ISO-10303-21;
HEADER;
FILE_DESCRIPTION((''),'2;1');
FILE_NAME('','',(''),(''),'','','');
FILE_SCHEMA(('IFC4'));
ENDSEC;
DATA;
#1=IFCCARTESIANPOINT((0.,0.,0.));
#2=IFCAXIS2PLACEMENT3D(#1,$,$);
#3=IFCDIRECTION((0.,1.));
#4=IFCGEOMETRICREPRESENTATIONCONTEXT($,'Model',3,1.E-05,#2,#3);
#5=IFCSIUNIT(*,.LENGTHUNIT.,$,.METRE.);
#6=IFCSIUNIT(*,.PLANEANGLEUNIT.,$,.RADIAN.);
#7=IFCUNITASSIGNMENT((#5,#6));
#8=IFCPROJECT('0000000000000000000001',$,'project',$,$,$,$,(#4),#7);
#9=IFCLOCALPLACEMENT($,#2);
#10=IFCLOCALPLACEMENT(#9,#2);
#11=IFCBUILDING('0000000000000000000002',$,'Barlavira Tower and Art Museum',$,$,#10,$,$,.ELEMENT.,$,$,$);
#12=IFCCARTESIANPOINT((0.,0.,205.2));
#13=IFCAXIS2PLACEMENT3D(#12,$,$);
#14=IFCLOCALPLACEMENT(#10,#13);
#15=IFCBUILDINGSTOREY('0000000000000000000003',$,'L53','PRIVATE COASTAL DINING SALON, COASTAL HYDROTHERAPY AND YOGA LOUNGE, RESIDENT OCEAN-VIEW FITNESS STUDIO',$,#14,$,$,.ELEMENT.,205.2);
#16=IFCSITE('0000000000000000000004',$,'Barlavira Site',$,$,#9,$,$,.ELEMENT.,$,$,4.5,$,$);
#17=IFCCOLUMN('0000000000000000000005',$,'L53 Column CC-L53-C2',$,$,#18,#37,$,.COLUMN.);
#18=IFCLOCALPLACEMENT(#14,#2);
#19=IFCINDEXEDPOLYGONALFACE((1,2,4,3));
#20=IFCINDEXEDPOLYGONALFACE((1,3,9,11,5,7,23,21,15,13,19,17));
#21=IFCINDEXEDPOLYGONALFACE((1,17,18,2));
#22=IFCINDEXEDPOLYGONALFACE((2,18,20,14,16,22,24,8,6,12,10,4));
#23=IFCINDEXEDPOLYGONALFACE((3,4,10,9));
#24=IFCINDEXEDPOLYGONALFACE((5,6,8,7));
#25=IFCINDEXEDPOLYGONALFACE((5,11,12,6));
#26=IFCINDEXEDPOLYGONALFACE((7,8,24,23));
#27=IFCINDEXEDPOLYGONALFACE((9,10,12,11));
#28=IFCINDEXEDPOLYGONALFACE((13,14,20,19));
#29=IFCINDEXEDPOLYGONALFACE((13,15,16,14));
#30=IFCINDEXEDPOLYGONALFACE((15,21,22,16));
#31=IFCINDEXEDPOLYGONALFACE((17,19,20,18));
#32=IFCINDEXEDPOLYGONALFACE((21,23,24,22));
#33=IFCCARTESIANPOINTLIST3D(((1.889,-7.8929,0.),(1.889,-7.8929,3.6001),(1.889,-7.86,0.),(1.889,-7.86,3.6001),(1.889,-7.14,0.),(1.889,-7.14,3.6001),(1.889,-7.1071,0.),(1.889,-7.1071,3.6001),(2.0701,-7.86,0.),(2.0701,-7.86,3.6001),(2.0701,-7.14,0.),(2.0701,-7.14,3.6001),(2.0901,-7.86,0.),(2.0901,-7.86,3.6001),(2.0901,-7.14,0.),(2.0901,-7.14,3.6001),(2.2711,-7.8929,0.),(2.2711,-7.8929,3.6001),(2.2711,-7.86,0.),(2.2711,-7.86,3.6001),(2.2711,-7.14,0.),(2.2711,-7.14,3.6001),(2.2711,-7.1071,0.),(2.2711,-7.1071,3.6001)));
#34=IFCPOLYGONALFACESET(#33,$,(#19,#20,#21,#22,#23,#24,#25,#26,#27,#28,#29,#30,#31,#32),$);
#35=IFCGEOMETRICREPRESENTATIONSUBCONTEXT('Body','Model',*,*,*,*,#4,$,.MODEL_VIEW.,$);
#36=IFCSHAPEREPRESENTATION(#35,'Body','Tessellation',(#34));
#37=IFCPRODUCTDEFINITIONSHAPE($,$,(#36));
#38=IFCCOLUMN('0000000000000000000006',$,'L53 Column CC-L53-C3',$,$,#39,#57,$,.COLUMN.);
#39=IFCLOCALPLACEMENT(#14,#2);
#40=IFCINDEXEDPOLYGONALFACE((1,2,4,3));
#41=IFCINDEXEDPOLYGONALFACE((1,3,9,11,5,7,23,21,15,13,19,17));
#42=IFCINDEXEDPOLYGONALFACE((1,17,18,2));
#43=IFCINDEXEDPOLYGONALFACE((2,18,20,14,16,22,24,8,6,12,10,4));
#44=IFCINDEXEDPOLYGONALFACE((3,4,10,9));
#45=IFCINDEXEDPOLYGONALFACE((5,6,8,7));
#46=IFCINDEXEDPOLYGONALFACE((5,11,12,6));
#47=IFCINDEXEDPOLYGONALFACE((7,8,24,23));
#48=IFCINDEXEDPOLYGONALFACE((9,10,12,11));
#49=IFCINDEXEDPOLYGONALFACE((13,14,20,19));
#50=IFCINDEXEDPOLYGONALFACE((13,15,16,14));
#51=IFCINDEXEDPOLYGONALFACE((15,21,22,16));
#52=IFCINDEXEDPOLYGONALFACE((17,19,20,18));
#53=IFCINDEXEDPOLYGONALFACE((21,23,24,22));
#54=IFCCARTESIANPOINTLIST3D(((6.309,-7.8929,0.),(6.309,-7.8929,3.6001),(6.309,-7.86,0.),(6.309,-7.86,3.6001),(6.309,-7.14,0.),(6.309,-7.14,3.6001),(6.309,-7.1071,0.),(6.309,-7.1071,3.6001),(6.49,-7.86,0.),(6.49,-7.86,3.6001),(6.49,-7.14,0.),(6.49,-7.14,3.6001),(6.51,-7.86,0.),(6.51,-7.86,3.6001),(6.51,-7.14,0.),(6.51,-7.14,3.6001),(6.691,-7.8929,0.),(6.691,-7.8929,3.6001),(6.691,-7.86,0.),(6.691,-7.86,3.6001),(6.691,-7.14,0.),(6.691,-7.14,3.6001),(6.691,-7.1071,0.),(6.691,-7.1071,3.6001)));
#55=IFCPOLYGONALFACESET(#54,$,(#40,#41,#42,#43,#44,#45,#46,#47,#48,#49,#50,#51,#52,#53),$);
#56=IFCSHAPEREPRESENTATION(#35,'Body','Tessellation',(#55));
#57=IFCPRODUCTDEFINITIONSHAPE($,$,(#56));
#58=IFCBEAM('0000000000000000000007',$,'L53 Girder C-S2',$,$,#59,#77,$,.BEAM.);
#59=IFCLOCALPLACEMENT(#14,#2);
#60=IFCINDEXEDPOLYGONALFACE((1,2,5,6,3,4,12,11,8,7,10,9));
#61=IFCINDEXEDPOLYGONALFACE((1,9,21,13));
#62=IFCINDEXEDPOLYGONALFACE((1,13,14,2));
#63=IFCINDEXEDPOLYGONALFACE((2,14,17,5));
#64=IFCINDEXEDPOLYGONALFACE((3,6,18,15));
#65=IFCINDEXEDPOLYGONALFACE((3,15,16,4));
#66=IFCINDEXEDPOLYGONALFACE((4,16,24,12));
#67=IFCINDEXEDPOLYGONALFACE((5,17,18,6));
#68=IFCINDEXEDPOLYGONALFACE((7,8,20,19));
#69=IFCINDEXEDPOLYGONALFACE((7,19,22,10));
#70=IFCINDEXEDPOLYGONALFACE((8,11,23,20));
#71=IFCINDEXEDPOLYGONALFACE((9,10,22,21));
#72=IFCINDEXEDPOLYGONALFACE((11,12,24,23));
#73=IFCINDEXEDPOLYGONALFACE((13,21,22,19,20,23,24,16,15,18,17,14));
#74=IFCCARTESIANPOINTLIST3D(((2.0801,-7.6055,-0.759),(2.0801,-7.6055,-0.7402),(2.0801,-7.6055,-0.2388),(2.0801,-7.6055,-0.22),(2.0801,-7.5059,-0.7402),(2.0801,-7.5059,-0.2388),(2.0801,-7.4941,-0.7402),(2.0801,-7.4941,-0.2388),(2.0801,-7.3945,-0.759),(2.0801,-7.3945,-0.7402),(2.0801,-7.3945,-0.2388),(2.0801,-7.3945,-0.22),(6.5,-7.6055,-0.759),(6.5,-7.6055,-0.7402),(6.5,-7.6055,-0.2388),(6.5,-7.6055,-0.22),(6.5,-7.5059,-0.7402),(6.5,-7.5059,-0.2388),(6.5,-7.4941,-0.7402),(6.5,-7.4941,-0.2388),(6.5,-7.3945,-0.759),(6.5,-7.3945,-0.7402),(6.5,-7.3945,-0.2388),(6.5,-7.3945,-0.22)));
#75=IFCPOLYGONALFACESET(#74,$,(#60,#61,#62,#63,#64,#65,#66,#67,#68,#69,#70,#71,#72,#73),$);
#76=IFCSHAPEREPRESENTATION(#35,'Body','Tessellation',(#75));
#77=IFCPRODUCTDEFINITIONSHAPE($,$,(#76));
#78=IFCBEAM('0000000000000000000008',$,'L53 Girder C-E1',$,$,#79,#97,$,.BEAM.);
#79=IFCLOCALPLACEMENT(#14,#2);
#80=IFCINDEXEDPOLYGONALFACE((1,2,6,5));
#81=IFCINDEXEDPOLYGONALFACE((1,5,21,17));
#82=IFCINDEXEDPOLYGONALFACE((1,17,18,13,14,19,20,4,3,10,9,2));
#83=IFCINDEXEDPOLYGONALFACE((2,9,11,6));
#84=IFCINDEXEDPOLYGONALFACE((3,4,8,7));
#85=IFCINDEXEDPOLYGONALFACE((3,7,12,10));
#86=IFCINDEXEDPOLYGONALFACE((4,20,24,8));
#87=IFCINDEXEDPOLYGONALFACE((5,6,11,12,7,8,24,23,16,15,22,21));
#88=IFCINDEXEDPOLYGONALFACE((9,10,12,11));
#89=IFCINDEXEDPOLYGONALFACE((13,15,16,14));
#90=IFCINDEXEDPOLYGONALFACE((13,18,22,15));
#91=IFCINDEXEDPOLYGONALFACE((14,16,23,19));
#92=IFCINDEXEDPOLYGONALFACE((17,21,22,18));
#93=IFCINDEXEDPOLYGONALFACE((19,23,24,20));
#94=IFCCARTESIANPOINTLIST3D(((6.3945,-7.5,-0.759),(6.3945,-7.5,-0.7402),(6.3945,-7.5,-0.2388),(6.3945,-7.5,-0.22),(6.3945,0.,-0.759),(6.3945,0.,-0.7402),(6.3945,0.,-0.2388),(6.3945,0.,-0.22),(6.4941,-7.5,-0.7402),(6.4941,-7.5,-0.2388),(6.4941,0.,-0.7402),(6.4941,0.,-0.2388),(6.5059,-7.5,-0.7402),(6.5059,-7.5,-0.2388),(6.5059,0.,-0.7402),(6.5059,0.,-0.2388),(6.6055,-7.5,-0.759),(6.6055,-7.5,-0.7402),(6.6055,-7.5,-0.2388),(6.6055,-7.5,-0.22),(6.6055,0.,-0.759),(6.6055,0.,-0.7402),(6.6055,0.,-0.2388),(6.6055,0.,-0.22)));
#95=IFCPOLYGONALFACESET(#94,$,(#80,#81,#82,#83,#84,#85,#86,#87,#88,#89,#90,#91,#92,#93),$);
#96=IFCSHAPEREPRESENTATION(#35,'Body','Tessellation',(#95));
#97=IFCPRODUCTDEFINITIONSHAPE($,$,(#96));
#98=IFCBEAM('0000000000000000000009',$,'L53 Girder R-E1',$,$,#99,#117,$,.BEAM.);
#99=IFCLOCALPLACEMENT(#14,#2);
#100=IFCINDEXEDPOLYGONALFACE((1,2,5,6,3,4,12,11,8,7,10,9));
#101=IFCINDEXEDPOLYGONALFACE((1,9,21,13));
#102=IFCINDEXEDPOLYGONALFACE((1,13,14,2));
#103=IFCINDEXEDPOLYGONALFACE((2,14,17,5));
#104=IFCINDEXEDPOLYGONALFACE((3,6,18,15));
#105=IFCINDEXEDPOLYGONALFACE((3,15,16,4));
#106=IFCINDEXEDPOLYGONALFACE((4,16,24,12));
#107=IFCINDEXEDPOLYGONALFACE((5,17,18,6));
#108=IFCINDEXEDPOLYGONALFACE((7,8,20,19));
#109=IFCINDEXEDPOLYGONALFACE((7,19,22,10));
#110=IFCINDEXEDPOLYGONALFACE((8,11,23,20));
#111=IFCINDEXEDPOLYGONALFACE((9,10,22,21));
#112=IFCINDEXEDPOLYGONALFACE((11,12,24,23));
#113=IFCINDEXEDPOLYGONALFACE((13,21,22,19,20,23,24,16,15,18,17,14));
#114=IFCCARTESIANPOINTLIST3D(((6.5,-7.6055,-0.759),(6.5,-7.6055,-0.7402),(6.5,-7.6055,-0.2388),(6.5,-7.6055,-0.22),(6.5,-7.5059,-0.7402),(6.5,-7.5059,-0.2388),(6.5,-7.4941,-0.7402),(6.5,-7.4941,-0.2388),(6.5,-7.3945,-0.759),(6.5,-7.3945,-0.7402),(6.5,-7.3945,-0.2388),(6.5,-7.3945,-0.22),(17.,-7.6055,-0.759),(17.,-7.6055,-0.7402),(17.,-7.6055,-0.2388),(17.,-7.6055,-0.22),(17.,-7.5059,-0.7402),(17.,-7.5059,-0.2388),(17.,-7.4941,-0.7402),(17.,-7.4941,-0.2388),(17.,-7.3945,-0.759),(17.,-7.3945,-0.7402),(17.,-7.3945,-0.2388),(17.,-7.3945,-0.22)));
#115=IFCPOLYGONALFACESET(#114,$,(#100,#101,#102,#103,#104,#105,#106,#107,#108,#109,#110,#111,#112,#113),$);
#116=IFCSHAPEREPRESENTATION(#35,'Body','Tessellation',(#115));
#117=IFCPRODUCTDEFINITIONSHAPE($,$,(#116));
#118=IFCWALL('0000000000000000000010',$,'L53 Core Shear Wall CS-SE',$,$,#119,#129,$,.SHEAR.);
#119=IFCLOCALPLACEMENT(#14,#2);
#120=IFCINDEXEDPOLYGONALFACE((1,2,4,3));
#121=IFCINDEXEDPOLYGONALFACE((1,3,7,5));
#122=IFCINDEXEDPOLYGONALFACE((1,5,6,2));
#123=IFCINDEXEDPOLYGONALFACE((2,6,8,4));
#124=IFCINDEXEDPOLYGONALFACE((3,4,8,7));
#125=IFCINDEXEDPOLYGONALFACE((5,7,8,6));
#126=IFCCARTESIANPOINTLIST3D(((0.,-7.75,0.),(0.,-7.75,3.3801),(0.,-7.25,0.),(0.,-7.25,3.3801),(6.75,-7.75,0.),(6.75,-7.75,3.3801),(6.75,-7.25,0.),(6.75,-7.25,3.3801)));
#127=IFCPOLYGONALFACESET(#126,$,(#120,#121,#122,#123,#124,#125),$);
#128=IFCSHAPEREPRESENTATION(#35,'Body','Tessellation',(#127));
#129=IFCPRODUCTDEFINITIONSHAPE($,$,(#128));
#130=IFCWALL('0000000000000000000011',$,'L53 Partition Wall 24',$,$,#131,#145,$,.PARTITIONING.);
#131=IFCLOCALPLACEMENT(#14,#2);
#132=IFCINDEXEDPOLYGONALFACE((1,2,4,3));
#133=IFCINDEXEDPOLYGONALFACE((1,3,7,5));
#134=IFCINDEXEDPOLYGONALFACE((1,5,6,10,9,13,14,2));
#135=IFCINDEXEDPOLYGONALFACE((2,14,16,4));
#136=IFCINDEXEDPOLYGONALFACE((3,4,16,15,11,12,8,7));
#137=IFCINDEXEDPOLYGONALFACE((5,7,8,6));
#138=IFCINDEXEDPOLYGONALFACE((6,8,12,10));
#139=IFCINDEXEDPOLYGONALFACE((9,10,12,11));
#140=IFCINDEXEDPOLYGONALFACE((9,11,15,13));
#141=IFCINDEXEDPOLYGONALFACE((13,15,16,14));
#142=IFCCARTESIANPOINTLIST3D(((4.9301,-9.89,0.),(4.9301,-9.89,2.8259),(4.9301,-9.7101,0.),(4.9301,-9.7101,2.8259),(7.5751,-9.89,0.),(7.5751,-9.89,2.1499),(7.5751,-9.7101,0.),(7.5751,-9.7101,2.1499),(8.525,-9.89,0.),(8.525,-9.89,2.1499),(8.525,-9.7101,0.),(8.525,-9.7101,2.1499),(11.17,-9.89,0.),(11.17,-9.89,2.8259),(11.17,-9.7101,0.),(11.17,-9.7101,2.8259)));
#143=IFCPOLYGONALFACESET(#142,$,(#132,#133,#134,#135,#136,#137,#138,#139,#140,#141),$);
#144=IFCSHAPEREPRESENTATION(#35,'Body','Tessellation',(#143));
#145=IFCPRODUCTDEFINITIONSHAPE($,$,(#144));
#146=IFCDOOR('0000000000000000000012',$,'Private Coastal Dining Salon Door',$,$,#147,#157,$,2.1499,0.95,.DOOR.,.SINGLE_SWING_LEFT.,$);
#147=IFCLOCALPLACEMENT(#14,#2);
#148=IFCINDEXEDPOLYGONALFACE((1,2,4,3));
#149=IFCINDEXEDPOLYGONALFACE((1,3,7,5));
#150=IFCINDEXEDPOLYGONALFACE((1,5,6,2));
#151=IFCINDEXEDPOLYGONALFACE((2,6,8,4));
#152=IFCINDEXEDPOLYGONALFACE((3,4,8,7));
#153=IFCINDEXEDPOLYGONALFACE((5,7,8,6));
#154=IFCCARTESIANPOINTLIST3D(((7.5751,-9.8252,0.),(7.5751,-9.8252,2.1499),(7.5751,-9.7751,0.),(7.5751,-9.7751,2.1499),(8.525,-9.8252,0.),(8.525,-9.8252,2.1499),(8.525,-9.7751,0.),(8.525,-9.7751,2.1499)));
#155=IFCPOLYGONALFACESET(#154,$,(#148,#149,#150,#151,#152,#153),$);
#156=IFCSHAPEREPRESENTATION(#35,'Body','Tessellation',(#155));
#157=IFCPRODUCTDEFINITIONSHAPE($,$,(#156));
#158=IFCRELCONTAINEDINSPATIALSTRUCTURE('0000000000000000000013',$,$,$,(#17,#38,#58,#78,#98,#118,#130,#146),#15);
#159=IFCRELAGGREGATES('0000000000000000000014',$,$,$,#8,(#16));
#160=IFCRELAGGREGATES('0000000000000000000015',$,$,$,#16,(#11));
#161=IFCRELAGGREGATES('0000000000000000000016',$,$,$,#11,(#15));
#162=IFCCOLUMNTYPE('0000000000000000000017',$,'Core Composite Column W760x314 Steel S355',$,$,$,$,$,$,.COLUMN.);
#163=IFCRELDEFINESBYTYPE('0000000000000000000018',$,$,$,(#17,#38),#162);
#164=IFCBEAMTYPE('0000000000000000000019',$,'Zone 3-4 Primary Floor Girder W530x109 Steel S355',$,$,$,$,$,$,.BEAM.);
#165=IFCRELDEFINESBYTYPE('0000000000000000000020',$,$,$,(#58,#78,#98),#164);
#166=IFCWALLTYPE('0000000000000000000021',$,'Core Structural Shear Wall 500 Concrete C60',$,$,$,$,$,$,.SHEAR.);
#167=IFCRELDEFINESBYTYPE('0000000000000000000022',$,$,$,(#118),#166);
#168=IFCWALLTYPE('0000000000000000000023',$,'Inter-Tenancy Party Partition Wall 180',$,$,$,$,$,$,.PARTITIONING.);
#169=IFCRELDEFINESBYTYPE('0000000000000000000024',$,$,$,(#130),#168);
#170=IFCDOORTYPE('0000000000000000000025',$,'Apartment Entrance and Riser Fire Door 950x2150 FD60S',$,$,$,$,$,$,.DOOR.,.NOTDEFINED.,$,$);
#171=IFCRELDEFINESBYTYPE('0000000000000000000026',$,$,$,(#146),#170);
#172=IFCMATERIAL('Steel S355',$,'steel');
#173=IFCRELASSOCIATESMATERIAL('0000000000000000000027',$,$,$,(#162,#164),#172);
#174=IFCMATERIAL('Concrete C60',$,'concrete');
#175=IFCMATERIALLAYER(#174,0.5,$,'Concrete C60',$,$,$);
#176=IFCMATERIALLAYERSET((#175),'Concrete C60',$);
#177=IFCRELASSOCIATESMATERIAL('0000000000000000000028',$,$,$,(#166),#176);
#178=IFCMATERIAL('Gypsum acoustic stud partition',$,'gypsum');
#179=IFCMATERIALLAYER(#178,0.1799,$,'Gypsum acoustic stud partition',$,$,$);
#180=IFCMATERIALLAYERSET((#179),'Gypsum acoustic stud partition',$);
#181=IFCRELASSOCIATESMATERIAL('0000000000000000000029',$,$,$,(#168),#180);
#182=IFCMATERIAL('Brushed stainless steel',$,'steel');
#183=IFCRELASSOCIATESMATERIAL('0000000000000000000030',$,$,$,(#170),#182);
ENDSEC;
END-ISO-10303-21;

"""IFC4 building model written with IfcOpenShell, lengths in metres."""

from ifc_helpers import new_model, si_unit, direction, frame, frame_2d, origin, origin_2d, place, context, subcontext, project, spatial, rectangle, i_section, extrude, material, layer, layer_set, material_profile, profile_set, type_object, element, fill, save


model = new_model("IFC4")

# Units and contexts
model_context = context("Model", 3, precision=1e-05, world=origin(), true_north=direction((0.0, 1.0)))
body_context = subcontext(model_context, "Body", "Model", "MODEL_VIEW")
ifc_project = project(units=[si_unit("LENGTHUNIT", "METRE"), si_unit("PLANEANGLEUNIT", "RADIAN")], contexts=[model_context])

# Site, building, storey
site_placement = place(None, origin())
site = spatial("IfcSite", under=ifc_project, at=site_placement, Name="Barlavira Site", CompositionType="ELEMENT", RefElevation=4.5)
building_placement = place(site_placement, origin())
building = spatial("IfcBuilding", under=site, at=building_placement, Name="Barlavira Tower and Art Museum", CompositionType="ELEMENT")
storey_placement = place(building_placement, frame((0.0, 0.0, 205.2)))
storey = spatial("IfcBuildingStorey", under=building, at=storey_placement, Name="L53", Description="PRIVATE COASTAL DINING SALON, COASTAL HYDROTHERAPY AND YOGA LOUNGE, RESIDENT OCEAN-VIEW FITNESS STUDIO", CompositionType="ELEMENT", Elevation=205.2)

# Columns
ifc_material_1 = material(Name="Steel S355", Category="steel")
ifc_material_profile_1 = material_profile(ifc_material_1, i_section(OverallWidth=0.3821, OverallDepth=0.7859, WebThickness=0.02, FlangeThickness=0.033, at=origin_2d()), Name="W760x314.0")
ifc_profile_set_1 = profile_set([ifc_material_profile_1], Name="Steel S355")
column_type = type_object("IfcColumnType", Name="Core Composite Column W760x314 Steel S355", PredefinedType="COLUMN", material=ifc_profile_set_1)
for number, where, z_axis, x_axis, name in (
    (1, (2.0801, -7.5, 0.0), (0.0, 0.0, 1.0), (1.0, 0.0, 0.0), "L53 Column CC-L53-C2"),
    (2, (6.5, -7.5, 0.0), (0.0, 0.0, 1.0), (1.0, 0.0, 0.0), "L53 Column CC-L53-C3"),
):
    element("IfcColumn", number, at=place(storey_placement, frame(where, z_axis=z_axis, x_axis=x_axis)), inside=storey, type_object=column_type, Name=name, PredefinedType="COLUMN", context=body_context, shape_type="SweptSolid", body=[
        extrude(i_section(OverallWidth=0.3821, OverallDepth=0.7859, WebThickness=0.02, FlangeThickness=0.033, at=origin_2d()), origin(), (0.0, 0.0, 1.0), 3.6001),
    ])

# Beams
ifc_material_profile_2 = material_profile(ifc_material_1, i_section(OverallWidth=0.2109, OverallDepth=0.5391, WebThickness=0.0117, FlangeThickness=0.0188, at=origin_2d()), Name="W530x109.0")
ifc_profile_set_2 = profile_set([ifc_material_profile_2], Name="Steel S355")
beam_type = type_object("IfcBeamType", Name="Zone 3-4 Primary Floor Girder W530x109 Steel S355", PredefinedType="BEAM", material=ifc_profile_set_2)
beam_1_placement = place(storey_placement, frame((2.0801, -7.5, -0.4895), z_axis=(1.0, 0.0, 0.0), x_axis=(0.0, 1.0, 0.0)))
element("IfcBeam", 3, at=beam_1_placement, inside=storey, type_object=beam_type, Name="L53 Girder C-S2", PredefinedType="BEAM", context=body_context, shape_type="SweptSolid", body=[
    extrude(i_section(OverallWidth=0.2109, OverallDepth=0.5391, WebThickness=0.0117, FlangeThickness=0.0188, at=origin_2d()), origin(), (0.0, 0.0, 1.0), 4.4199),
])
beam_2_placement = place(storey_placement, frame((6.5, -7.5, -0.4895), z_axis=(0.0, 1.0, 0.0), x_axis=(-1.0, 0.0, 0.0)))
element("IfcBeam", 4, at=beam_2_placement, inside=storey, type_object=beam_type, Name="L53 Girder C-E1", PredefinedType="BEAM", context=body_context, shape_type="SweptSolid", body=[
    extrude(i_section(OverallWidth=0.2109, OverallDepth=0.5391, WebThickness=0.0117, FlangeThickness=0.0188, at=origin_2d()), origin(), (0.0, 0.0, 1.0), 7.5),
])
beam_3_placement = place(storey_placement, frame((6.5, -7.5, -0.4895), z_axis=(1.0, 0.0, 0.0), x_axis=(0.0, 1.0, 0.0)))
element("IfcBeam", 5, at=beam_3_placement, inside=storey, type_object=beam_type, Name="L53 Girder R-E1", PredefinedType="BEAM", context=body_context, shape_type="SweptSolid", body=[
    extrude(i_section(OverallWidth=0.2109, OverallDepth=0.5391, WebThickness=0.0117, FlangeThickness=0.0188, at=origin_2d()), origin(), (0.0, 0.0, 1.0), 10.5),
])

# Wall
ifc_material_2 = material(Name="Concrete C60", Category="concrete")
ifc_layer_1 = layer(ifc_material_2, 0.5, Name="Concrete C60")
ifc_layer_set_1 = layer_set([ifc_layer_1], Name="Concrete C60")
wall_type_1 = type_object("IfcWallType", Name="Core Structural Shear Wall 500 Concrete C60", PredefinedType="SHEAR", material=ifc_layer_set_1)
wall_1_placement = place(storey_placement, frame((0.0, -7.5, 0.0), z_axis=(0.0, 0.0, 1.0), x_axis=(1.0, 0.0, 0.0)))
element("IfcWall", 6, at=wall_1_placement, inside=storey, type_object=wall_type_1, Name="L53 Core Shear Wall CS-SE", PredefinedType="SHEAR", context=body_context, shape_type="SweptSolid", body=[
    extrude(rectangle(XDim=6.75, YDim=0.5, at=frame_2d((3.375, 0.0))), origin(), (0.0, 0.0, 1.0), 3.3801),
])

# Shared definitions
ifc_material_3 = material(Name="Brushed stainless steel", Category="steel")

# Shared definitions
ifc_material_4 = material(Name="Gypsum acoustic stud partition", Category="gypsum")
ifc_layer_2 = layer(ifc_material_4, 0.1799, Name="Gypsum acoustic stud partition")
ifc_layer_set_2 = layer_set([ifc_layer_2], Name="Gypsum acoustic stud partition")
wall_type_2 = type_object("IfcWallType", Name="Inter-Tenancy Party Partition Wall 180", PredefinedType="PARTITIONING", material=ifc_layer_set_2)
door_type_1 = type_object("IfcDoorType", Name="Apartment Entrance and Riser Fire Door 950x2150 FD60S", OperationType="NOTDEFINED", PredefinedType="DOOR", material=ifc_material_3)

# Wall, opening, door
wall_2_placement = place(storey_placement, frame((4.9299, -9.8, 0.0), z_axis=(0.0, 0.0, 1.0), x_axis=(1.0, 0.0, 0.0)))
wall_2 = element("IfcWall", 7, at=wall_2_placement, inside=storey, type_object=wall_type_2, Name="L53 Partition Wall 24", PredefinedType="PARTITIONING", context=body_context, shape_type="SweptSolid", body=[
    extrude(rectangle(XDim=6.24, YDim=0.1799, at=frame_2d((3.1201, 0.0))), origin(), (0.0, 0.0, 1.0), 2.8259),
])
opening_1_placement = place(wall_2_placement, frame((2.645, 0.0, 0.0)))
opening_1 = element("IfcOpeningElement", 8, at=opening_1_placement, cuts=wall_2, PredefinedType="OPENING", context=body_context, shape_type="SweptSolid", body=[
    extrude(rectangle(XDim=0.95, YDim=2.1499, at=frame_2d((0.4751, 1.075))), frame((0.0, 0.1001, 0.0), z_axis=(0.0, -1.0, 0.0), x_axis=(1.0, 0.0, 0.0)), (0.0, 0.0, 1.0), 0.2),
])
door_1_placement = place(opening_1_placement, origin())
door_1 = element("IfcDoor", 9, at=door_1_placement, inside=storey, type_object=door_type_1, Name="Private Coastal Dining Salon Door", OperationType="SINGLE_SWING_LEFT", OverallHeight=2.1499, OverallWidth=0.95, PredefinedType="DOOR", context=body_context, shape_type="SweptSolid", body=[
    extrude(rectangle(XDim=0.95, YDim=2.1499, at=frame_2d((0.4751, 1.075))), frame((0.0, 0.0249, 0.0), z_axis=(0.0, -1.0, 0.0), x_axis=(1.0, 0.0, 0.0)), (0.0, 0.0, 1.0), 0.05),
])
fill(opening_1, door_1)

save(model, "model.ifc")
